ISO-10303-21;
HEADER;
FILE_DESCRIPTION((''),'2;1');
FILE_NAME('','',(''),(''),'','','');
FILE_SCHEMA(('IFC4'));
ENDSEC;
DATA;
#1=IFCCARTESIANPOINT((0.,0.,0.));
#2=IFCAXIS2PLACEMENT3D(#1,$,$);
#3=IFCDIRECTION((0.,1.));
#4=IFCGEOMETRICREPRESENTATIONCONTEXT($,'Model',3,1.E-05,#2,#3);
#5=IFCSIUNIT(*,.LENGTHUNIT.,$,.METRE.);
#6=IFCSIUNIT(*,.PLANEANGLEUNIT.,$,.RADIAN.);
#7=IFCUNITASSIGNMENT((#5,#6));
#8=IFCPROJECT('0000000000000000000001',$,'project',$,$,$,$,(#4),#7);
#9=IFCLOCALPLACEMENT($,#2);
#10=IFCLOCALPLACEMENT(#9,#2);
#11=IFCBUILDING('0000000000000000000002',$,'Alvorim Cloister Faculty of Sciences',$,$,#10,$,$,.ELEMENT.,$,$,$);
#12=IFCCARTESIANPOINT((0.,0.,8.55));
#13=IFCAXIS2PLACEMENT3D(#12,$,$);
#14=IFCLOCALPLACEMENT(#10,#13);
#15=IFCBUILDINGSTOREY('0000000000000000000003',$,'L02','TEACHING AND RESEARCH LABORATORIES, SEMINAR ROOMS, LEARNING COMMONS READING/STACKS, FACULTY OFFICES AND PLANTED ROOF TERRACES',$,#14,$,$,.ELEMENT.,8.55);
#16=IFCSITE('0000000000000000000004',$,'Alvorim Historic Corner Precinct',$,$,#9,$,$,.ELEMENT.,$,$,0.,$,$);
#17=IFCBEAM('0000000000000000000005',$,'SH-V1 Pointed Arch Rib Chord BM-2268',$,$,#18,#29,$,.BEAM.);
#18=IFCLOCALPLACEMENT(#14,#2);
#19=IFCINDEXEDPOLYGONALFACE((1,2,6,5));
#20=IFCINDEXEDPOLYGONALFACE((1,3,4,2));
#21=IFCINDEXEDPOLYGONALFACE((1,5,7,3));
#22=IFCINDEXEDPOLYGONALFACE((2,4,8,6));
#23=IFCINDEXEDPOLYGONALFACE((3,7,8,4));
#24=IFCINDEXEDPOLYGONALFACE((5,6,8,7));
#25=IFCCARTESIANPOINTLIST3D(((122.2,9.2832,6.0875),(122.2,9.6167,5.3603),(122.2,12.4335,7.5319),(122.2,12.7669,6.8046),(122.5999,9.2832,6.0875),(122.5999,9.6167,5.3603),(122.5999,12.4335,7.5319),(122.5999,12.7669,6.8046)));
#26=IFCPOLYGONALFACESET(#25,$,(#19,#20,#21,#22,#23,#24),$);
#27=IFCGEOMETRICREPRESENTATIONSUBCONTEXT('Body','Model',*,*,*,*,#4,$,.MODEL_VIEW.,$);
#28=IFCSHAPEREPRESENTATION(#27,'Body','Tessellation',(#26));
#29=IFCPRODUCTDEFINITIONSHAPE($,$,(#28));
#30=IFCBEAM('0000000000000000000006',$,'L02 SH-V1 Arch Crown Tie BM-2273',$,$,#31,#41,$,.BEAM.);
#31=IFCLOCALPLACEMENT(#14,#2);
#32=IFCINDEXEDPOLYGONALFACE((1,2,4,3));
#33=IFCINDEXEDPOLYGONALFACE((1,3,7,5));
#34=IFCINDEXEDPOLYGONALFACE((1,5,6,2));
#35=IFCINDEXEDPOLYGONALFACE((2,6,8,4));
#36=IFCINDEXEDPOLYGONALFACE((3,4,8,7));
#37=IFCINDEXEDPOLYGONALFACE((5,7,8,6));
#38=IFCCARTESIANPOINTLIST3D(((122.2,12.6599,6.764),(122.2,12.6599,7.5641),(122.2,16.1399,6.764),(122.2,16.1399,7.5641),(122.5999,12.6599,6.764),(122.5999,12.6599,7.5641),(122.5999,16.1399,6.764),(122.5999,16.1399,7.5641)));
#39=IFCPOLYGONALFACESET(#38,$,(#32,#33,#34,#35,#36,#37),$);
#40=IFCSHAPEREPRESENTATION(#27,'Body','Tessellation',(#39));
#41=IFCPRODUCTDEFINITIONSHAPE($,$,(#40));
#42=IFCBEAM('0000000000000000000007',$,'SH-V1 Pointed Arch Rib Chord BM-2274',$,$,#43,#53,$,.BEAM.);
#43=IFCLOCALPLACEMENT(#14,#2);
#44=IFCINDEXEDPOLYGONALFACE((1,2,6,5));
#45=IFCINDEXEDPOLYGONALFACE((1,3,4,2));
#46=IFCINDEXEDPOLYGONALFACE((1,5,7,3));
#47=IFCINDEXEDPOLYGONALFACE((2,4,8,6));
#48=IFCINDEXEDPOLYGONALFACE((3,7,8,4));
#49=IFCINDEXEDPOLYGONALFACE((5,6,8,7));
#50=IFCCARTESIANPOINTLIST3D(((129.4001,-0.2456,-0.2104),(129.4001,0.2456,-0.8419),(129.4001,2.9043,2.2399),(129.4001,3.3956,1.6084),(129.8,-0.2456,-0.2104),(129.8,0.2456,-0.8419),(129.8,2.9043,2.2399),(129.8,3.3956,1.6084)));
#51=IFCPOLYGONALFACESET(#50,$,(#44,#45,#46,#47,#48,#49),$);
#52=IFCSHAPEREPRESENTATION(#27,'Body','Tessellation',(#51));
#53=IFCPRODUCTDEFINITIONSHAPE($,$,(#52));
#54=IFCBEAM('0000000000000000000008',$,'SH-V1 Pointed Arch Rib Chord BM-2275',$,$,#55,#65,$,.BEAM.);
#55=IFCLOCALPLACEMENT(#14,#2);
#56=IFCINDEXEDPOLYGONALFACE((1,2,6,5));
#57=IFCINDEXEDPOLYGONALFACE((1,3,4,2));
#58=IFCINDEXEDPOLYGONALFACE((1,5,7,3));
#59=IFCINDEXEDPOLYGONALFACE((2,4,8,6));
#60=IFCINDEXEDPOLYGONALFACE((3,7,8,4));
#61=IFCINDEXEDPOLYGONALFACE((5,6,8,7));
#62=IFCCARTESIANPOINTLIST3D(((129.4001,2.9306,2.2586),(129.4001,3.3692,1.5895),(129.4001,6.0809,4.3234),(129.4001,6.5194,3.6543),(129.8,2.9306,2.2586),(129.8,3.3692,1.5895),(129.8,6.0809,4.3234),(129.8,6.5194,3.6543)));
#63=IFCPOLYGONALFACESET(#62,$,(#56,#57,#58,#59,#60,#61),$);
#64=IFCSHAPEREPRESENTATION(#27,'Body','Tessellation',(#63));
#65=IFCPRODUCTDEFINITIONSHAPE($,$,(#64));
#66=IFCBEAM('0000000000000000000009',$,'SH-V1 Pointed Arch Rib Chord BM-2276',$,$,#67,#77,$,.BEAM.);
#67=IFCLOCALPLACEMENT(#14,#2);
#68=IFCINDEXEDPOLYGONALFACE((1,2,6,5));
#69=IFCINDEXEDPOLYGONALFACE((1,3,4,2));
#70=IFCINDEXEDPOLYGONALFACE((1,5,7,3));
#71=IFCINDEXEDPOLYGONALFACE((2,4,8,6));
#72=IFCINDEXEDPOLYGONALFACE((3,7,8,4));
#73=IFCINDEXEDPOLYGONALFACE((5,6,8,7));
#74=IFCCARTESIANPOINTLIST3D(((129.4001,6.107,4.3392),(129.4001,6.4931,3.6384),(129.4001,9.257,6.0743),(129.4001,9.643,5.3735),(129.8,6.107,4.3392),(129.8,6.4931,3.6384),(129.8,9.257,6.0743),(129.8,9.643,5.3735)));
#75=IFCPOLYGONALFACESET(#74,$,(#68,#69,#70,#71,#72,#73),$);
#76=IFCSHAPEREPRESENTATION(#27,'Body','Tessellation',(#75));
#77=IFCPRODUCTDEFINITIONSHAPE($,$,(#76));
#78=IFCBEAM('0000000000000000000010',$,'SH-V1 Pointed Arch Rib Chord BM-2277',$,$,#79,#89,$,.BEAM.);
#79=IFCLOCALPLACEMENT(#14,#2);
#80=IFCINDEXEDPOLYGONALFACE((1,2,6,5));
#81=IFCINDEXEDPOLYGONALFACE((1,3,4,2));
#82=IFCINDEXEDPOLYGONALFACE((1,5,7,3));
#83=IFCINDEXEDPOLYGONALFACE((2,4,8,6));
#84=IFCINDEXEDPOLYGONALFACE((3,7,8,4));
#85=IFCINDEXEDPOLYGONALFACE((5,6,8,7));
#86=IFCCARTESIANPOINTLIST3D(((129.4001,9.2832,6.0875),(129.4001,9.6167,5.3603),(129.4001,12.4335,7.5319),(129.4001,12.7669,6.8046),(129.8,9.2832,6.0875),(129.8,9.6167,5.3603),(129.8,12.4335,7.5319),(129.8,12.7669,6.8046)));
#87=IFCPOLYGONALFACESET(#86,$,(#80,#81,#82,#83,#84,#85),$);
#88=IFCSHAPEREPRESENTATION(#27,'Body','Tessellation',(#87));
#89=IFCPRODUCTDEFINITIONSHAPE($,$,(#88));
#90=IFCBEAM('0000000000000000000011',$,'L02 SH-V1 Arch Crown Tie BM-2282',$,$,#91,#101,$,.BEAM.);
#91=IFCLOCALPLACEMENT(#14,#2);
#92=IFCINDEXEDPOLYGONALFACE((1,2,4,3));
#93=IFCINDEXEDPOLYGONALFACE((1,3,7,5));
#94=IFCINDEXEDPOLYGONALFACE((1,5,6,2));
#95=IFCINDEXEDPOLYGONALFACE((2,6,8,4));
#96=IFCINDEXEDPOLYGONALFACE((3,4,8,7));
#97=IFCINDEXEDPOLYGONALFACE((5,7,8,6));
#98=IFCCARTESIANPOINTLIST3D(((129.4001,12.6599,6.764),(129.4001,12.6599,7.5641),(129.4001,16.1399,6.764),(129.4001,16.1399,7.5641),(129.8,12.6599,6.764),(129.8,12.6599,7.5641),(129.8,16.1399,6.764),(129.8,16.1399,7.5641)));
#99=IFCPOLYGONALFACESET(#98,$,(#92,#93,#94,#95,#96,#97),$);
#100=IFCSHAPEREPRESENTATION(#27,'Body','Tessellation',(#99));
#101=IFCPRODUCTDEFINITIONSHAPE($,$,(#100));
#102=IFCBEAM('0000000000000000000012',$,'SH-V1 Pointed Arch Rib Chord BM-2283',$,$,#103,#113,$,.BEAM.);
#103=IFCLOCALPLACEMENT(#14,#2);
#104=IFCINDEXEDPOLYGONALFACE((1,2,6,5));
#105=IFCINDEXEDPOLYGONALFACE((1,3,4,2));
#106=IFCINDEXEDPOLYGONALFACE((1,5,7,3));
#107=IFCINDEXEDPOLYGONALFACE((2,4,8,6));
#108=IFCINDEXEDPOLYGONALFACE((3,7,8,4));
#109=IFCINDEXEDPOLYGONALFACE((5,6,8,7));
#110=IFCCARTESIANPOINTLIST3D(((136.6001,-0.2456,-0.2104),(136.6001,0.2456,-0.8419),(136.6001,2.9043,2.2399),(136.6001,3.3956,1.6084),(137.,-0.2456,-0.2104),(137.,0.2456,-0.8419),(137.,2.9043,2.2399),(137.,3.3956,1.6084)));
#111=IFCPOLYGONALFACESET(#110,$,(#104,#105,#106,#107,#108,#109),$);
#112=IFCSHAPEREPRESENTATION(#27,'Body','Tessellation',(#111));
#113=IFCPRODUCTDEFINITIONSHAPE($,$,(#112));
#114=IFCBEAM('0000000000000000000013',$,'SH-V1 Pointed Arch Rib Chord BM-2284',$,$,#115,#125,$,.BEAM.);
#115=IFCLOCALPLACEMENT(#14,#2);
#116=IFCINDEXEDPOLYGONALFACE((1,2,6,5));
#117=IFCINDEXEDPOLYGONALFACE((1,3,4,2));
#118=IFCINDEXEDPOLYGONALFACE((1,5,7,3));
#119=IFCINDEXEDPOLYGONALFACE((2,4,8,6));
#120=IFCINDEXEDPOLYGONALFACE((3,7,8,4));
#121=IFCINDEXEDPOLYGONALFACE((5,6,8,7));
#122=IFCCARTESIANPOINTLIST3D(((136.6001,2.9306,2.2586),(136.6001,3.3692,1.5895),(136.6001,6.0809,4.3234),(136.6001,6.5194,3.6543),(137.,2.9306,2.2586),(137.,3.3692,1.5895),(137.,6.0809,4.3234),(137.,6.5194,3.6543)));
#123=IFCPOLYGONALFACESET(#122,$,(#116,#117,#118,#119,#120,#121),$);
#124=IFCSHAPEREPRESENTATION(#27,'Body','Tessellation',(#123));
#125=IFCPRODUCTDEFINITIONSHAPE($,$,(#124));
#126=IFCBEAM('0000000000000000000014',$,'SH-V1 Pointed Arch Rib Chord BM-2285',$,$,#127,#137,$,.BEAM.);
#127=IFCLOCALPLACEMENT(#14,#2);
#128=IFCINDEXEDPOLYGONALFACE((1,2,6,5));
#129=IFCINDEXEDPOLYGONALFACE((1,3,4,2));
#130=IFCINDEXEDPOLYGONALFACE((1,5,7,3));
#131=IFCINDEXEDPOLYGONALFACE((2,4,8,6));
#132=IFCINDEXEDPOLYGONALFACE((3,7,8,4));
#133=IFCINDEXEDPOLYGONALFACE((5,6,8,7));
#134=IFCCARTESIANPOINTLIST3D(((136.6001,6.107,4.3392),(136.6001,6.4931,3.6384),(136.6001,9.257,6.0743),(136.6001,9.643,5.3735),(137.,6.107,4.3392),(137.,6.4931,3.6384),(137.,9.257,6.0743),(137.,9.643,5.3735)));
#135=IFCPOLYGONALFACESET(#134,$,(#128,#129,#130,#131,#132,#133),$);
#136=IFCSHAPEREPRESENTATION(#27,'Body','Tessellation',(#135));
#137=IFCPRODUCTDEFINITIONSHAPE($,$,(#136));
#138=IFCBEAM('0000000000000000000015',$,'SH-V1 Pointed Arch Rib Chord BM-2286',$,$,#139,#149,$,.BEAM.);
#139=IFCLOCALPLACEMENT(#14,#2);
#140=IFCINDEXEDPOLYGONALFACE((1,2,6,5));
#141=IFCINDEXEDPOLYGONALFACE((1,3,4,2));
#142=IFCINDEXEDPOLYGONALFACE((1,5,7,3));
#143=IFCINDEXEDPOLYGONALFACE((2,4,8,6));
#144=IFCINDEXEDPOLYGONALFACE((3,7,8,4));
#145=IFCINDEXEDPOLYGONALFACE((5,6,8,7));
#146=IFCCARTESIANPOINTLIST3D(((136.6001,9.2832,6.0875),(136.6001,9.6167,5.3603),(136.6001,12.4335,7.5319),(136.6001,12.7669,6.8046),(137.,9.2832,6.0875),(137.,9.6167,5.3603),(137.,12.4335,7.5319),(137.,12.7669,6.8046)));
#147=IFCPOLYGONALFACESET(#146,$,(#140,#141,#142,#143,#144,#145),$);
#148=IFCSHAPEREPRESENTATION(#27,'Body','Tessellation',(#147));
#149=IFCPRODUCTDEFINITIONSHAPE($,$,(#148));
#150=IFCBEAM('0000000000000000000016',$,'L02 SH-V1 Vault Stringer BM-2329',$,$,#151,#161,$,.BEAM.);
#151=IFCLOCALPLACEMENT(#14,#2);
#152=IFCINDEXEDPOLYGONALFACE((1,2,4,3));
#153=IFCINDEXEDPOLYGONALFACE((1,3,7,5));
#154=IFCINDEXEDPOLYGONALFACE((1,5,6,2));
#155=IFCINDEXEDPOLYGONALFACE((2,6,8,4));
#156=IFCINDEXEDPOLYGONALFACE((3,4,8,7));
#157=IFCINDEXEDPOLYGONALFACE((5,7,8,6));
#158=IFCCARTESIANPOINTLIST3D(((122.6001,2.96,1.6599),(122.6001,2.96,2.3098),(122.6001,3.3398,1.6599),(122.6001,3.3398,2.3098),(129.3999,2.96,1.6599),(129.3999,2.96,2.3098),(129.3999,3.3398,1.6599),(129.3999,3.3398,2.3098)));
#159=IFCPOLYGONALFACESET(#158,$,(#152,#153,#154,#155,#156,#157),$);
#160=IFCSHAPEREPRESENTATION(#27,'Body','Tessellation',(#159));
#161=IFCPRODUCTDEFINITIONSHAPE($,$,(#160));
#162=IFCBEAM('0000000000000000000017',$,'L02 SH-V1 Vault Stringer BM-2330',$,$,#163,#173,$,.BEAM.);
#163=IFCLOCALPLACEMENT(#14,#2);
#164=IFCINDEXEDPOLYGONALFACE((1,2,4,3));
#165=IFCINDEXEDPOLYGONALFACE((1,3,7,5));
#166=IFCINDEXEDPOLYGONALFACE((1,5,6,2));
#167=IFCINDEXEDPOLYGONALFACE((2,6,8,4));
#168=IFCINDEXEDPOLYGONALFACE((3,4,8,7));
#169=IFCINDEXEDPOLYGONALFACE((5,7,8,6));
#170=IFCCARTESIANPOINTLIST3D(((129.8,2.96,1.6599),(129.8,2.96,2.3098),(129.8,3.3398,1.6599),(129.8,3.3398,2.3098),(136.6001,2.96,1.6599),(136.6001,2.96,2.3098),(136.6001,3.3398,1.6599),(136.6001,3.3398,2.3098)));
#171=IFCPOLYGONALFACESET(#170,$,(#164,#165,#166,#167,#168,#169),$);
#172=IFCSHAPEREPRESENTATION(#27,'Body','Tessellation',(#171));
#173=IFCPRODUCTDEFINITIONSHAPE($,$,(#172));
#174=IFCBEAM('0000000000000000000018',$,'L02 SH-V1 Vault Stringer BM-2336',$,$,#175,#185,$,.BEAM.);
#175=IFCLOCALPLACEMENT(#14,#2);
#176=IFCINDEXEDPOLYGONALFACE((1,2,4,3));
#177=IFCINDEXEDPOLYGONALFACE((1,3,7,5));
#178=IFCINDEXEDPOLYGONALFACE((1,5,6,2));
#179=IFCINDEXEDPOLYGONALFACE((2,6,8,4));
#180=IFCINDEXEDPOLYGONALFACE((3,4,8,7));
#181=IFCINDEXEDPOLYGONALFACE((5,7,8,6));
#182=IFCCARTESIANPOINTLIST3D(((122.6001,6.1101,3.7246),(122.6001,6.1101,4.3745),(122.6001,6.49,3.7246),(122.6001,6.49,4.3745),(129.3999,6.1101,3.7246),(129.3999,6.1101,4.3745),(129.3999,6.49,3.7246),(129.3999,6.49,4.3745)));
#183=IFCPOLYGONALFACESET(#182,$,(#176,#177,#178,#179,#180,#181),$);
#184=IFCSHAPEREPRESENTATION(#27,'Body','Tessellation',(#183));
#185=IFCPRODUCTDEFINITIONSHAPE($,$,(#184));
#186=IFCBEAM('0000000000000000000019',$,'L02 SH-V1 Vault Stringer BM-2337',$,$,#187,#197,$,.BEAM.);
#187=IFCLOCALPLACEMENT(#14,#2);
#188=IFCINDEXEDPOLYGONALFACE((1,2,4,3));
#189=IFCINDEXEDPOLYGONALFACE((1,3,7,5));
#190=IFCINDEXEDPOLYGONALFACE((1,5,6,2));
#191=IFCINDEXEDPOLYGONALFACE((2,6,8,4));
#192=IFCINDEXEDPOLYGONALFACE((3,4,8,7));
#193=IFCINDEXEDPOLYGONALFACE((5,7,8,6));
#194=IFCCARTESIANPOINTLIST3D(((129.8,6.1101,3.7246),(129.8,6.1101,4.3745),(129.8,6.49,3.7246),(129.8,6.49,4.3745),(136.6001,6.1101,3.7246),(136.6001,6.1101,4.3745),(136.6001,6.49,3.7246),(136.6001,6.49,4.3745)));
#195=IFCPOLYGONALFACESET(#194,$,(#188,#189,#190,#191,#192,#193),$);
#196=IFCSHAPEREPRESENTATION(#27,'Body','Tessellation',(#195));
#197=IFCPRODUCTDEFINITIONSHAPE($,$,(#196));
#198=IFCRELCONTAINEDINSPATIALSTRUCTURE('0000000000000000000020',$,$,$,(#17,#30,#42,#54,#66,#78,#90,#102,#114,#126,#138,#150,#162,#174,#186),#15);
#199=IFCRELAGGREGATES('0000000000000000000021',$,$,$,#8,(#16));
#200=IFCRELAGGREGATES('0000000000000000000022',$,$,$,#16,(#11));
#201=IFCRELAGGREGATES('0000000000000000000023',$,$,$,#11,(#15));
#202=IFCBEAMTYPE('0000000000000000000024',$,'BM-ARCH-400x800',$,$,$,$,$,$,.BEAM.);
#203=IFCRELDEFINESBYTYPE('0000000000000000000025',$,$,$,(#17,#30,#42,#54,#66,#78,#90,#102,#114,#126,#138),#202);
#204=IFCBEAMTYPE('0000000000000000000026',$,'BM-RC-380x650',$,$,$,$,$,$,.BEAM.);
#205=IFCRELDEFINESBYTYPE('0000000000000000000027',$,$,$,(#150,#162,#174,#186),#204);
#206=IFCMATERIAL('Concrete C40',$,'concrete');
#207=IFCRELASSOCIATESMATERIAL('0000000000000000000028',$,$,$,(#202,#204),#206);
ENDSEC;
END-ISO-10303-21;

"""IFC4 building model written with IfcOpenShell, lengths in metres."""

from ifc_helpers import new_model, si_unit, direction, frame, origin, origin_2d, place, context, subcontext, project, spatial, rectangle, extrude, material, material_profile, profile_set, type_object, element, save


model = new_model("IFC4")

# Units and contexts
model_context = context("Model", 3, precision=1e-05, world=origin(), true_north=direction((0.0, 1.0)))
body_context = subcontext(model_context, "Body", "Model", "MODEL_VIEW")
ifc_project = project(units=[si_unit("LENGTHUNIT", "METRE"), si_unit("PLANEANGLEUNIT", "RADIAN")], contexts=[model_context])

# Site, building, storey
site_placement = place(None, origin())
site = spatial("IfcSite", under=ifc_project, at=site_placement, Name="Alvorim Historic Corner Precinct", CompositionType="ELEMENT", RefElevation=0.0)
building_placement = place(site_placement, origin())
building = spatial("IfcBuilding", under=site, at=building_placement, Name="Alvorim Cloister Faculty of Sciences", CompositionType="ELEMENT")
storey_placement = place(building_placement, frame((0.0, 0.0, 8.55)))
storey = spatial("IfcBuildingStorey", under=building, at=storey_placement, Name="L02", Description="TEACHING AND RESEARCH LABORATORIES, SEMINAR ROOMS, LEARNING COMMONS READING/STACKS, FACULTY OFFICES AND PLANTED ROOF TERRACES", CompositionType="ELEMENT", Elevation=8.55)

# Beams
ifc_material = material(Name="Concrete C40", Category="concrete")
ifc_material_profile_1 = material_profile(ifc_material, rectangle(XDim=0.3999, YDim=0.8, at=origin_2d()), Name="RC40-ARCH-400x800")
ifc_profile_set_1 = profile_set([ifc_material_profile_1], Name="Concrete C40")
beam_type_1 = type_object("IfcBeamType", Name="BM-ARCH-400x800", PredefinedType="BEAM", material=ifc_profile_set_1)
beam_1_placement = place(storey_placement, frame((122.3999, 9.45, 5.7239), z_axis=(0.0, 0.909008, 0.416778), x_axis=(-1.0, 0.0, 0.0)))
element("IfcBeam", 1, at=beam_1_placement, inside=storey, type_object=beam_type_1, Name="SH-V1 Pointed Arch Rib Chord BM-2268", PredefinedType="BEAM", context=body_context, shape_type="SweptSolid", body=[
    extrude(rectangle(XDim=0.3999, YDim=0.8, at=origin_2d()), origin(), (0.0, 0.0, 1.0), 3.4656),
])
beam_2_placement = place(storey_placement, frame((122.3999, 12.6599, 7.1641), z_axis=(0.0, 1.0, 0.0), x_axis=(-1.0, 0.0, 0.0)))
element("IfcBeam", 2, at=beam_2_placement, inside=storey, type_object=beam_type_1, Name="L02 SH-V1 Arch Crown Tie BM-2273", PredefinedType="BEAM", context=body_context, shape_type="SweptSolid", body=[
    extrude(rectangle(XDim=0.3999, YDim=0.8, at=origin_2d()), origin(), (0.0, 0.0, 1.0), 3.48),
])
beam_3_placement = place(storey_placement, frame((129.6001, 0.0, -0.5261), z_axis=(0.0, 0.789319, 0.613983), x_axis=(-1.0, 0.0, 0.0)))
element("IfcBeam", 3, at=beam_3_placement, inside=storey, type_object=beam_type_1, Name="SH-V1 Pointed Arch Rib Chord BM-2274", PredefinedType="BEAM", context=body_context, shape_type="SweptSolid", body=[
    extrude(rectangle(XDim=0.3999, YDim=0.8, at=origin_2d()), origin(), (0.0, 0.0, 1.0), 3.9907),
])
beam_4_placement = place(storey_placement, frame((129.6001, 3.1499, 1.9241), z_axis=(0.0, 0.836363, 0.548176), x_axis=(-1.0, 0.0, 0.0)))
element("IfcBeam", 4, at=beam_4_placement, inside=storey, type_object=beam_type_1, Name="SH-V1 Pointed Arch Rib Chord BM-2275", PredefinedType="BEAM", context=body_context, shape_type="SweptSolid", body=[
    extrude(rectangle(XDim=0.3999, YDim=0.8, at=origin_2d()), origin(), (0.0, 0.0, 1.0), 3.7666),
])
beam_5_placement = place(storey_placement, frame((129.6001, 6.3, 3.9888), z_axis=(0.0, 0.875903, 0.482487), x_axis=(-1.0, 0.0, 0.0)))
element("IfcBeam", 5, at=beam_5_placement, inside=storey, type_object=beam_type_1, Name="SH-V1 Pointed Arch Rib Chord BM-2276", PredefinedType="BEAM", context=body_context, shape_type="SweptSolid", body=[
    extrude(rectangle(XDim=0.3999, YDim=0.8, at=origin_2d()), origin(), (0.0, 0.0, 1.0), 3.5962),
])
beam_6_placement = place(storey_placement, frame((129.6001, 9.45, 5.7239), z_axis=(0.0, 0.909008, 0.416778), x_axis=(-1.0, 0.0, 0.0)))
element("IfcBeam", 6, at=beam_6_placement, inside=storey, type_object=beam_type_1, Name="SH-V1 Pointed Arch Rib Chord BM-2277", PredefinedType="BEAM", context=body_context, shape_type="SweptSolid", body=[
    extrude(rectangle(XDim=0.3999, YDim=0.8, at=origin_2d()), origin(), (0.0, 0.0, 1.0), 3.4656),
])
beam_7_placement = place(storey_placement, frame((129.6001, 12.6599, 7.1641), z_axis=(0.0, 1.0, 0.0), x_axis=(-1.0, 0.0, 0.0)))
element("IfcBeam", 7, at=beam_7_placement, inside=storey, type_object=beam_type_1, Name="L02 SH-V1 Arch Crown Tie BM-2282", PredefinedType="BEAM", context=body_context, shape_type="SweptSolid", body=[
    extrude(rectangle(XDim=0.3999, YDim=0.8, at=origin_2d()), origin(), (0.0, 0.0, 1.0), 3.48),
])
beam_8_placement = place(storey_placement, frame((136.8, 0.0, -0.5261), z_axis=(0.0, 0.789319, 0.613983), x_axis=(-1.0, 0.0, 0.0)))
element("IfcBeam", 8, at=beam_8_placement, inside=storey, type_object=beam_type_1, Name="SH-V1 Pointed Arch Rib Chord BM-2283", PredefinedType="BEAM", context=body_context, shape_type="SweptSolid", body=[
    extrude(rectangle(XDim=0.3999, YDim=0.8, at=origin_2d()), origin(), (0.0, 0.0, 1.0), 3.9907),
])
beam_9_placement = place(storey_placement, frame((136.8, 3.1499, 1.9241), z_axis=(0.0, 0.836363, 0.548176), x_axis=(-1.0, 0.0, 0.0)))
element("IfcBeam", 9, at=beam_9_placement, inside=storey, type_object=beam_type_1, Name="SH-V1 Pointed Arch Rib Chord BM-2284", PredefinedType="BEAM", context=body_context, shape_type="SweptSolid", body=[
    extrude(rectangle(XDim=0.3999, YDim=0.8, at=origin_2d()), origin(), (0.0, 0.0, 1.0), 3.7666),
])
beam_10_placement = place(storey_placement, frame((136.8, 6.3, 3.9888), z_axis=(0.0, 0.875903, 0.482487), x_axis=(-1.0, 0.0, 0.0)))
element("IfcBeam", 10, at=beam_10_placement, inside=storey, type_object=beam_type_1, Name="SH-V1 Pointed Arch Rib Chord BM-2285", PredefinedType="BEAM", context=body_context, shape_type="SweptSolid", body=[
    extrude(rectangle(XDim=0.3999, YDim=0.8, at=origin_2d()), origin(), (0.0, 0.0, 1.0), 3.5962),
])
beam_11_placement = place(storey_placement, frame((136.8, 9.45, 5.7239), z_axis=(0.0, 0.909008, 0.416778), x_axis=(-1.0, 0.0, 0.0)))
element("IfcBeam", 11, at=beam_11_placement, inside=storey, type_object=beam_type_1, Name="SH-V1 Pointed Arch Rib Chord BM-2286", PredefinedType="BEAM", context=body_context, shape_type="SweptSolid", body=[
    extrude(rectangle(XDim=0.3999, YDim=0.8, at=origin_2d()), origin(), (0.0, 0.0, 1.0), 3.4656),
])
ifc_material_profile_2 = material_profile(ifc_material, rectangle(XDim=0.3799, YDim=0.6499, at=origin_2d()), Name="RC40-BM-380x650")
ifc_profile_set_2 = profile_set([ifc_material_profile_2], Name="Concrete C40")
beam_type_2 = type_object("IfcBeamType", Name="BM-RC-380x650", PredefinedType="BEAM", material=ifc_profile_set_2)
beam_12_placement = place(storey_placement, frame((122.6001, 3.1499, 1.9849), z_axis=(1.0, 0.0, 0.0), x_axis=(0.0, 1.0, 0.0)))
element("IfcBeam", 12, at=beam_12_placement, inside=storey, type_object=beam_type_2, Name="L02 SH-V1 Vault Stringer BM-2329", PredefinedType="BEAM", context=body_context, shape_type="SweptSolid", body=[
    extrude(rectangle(XDim=0.3799, YDim=0.6499, at=origin_2d()), origin(), (0.0, 0.0, 1.0), 6.7998),
])
beam_13_placement = place(storey_placement, frame((129.8, 3.1499, 1.9849), z_axis=(1.0, 0.0, 0.0), x_axis=(0.0, 1.0, 0.0)))
element("IfcBeam", 13, at=beam_13_placement, inside=storey, type_object=beam_type_2, Name="L02 SH-V1 Vault Stringer BM-2330", PredefinedType="BEAM", context=body_context, shape_type="SweptSolid", body=[
    extrude(rectangle(XDim=0.3799, YDim=0.6499, at=origin_2d()), origin(), (0.0, 0.0, 1.0), 6.8),
])
beam_14_placement = place(storey_placement, frame((122.6001, 6.3, 4.0496), z_axis=(1.0, 0.0, 0.0), x_axis=(0.0, 1.0, 0.0)))
element("IfcBeam", 14, at=beam_14_placement, inside=storey, type_object=beam_type_2, Name="L02 SH-V1 Vault Stringer BM-2336", PredefinedType="BEAM", context=body_context, shape_type="SweptSolid", body=[
    extrude(rectangle(XDim=0.3799, YDim=0.6499, at=origin_2d()), origin(), (0.0, 0.0, 1.0), 6.7998),
])
beam_15_placement = place(storey_placement, frame((129.8, 6.3, 4.0496), z_axis=(1.0, 0.0, 0.0), x_axis=(0.0, 1.0, 0.0)))
element("IfcBeam", 15, at=beam_15_placement, inside=storey, type_object=beam_type_2, Name="L02 SH-V1 Vault Stringer BM-2337", PredefinedType="BEAM", context=body_context, shape_type="SweptSolid", body=[
    extrude(rectangle(XDim=0.3799, YDim=0.6499, at=origin_2d()), origin(), (0.0, 0.0, 1.0), 6.8),
])

save(model, "model.ifc")
